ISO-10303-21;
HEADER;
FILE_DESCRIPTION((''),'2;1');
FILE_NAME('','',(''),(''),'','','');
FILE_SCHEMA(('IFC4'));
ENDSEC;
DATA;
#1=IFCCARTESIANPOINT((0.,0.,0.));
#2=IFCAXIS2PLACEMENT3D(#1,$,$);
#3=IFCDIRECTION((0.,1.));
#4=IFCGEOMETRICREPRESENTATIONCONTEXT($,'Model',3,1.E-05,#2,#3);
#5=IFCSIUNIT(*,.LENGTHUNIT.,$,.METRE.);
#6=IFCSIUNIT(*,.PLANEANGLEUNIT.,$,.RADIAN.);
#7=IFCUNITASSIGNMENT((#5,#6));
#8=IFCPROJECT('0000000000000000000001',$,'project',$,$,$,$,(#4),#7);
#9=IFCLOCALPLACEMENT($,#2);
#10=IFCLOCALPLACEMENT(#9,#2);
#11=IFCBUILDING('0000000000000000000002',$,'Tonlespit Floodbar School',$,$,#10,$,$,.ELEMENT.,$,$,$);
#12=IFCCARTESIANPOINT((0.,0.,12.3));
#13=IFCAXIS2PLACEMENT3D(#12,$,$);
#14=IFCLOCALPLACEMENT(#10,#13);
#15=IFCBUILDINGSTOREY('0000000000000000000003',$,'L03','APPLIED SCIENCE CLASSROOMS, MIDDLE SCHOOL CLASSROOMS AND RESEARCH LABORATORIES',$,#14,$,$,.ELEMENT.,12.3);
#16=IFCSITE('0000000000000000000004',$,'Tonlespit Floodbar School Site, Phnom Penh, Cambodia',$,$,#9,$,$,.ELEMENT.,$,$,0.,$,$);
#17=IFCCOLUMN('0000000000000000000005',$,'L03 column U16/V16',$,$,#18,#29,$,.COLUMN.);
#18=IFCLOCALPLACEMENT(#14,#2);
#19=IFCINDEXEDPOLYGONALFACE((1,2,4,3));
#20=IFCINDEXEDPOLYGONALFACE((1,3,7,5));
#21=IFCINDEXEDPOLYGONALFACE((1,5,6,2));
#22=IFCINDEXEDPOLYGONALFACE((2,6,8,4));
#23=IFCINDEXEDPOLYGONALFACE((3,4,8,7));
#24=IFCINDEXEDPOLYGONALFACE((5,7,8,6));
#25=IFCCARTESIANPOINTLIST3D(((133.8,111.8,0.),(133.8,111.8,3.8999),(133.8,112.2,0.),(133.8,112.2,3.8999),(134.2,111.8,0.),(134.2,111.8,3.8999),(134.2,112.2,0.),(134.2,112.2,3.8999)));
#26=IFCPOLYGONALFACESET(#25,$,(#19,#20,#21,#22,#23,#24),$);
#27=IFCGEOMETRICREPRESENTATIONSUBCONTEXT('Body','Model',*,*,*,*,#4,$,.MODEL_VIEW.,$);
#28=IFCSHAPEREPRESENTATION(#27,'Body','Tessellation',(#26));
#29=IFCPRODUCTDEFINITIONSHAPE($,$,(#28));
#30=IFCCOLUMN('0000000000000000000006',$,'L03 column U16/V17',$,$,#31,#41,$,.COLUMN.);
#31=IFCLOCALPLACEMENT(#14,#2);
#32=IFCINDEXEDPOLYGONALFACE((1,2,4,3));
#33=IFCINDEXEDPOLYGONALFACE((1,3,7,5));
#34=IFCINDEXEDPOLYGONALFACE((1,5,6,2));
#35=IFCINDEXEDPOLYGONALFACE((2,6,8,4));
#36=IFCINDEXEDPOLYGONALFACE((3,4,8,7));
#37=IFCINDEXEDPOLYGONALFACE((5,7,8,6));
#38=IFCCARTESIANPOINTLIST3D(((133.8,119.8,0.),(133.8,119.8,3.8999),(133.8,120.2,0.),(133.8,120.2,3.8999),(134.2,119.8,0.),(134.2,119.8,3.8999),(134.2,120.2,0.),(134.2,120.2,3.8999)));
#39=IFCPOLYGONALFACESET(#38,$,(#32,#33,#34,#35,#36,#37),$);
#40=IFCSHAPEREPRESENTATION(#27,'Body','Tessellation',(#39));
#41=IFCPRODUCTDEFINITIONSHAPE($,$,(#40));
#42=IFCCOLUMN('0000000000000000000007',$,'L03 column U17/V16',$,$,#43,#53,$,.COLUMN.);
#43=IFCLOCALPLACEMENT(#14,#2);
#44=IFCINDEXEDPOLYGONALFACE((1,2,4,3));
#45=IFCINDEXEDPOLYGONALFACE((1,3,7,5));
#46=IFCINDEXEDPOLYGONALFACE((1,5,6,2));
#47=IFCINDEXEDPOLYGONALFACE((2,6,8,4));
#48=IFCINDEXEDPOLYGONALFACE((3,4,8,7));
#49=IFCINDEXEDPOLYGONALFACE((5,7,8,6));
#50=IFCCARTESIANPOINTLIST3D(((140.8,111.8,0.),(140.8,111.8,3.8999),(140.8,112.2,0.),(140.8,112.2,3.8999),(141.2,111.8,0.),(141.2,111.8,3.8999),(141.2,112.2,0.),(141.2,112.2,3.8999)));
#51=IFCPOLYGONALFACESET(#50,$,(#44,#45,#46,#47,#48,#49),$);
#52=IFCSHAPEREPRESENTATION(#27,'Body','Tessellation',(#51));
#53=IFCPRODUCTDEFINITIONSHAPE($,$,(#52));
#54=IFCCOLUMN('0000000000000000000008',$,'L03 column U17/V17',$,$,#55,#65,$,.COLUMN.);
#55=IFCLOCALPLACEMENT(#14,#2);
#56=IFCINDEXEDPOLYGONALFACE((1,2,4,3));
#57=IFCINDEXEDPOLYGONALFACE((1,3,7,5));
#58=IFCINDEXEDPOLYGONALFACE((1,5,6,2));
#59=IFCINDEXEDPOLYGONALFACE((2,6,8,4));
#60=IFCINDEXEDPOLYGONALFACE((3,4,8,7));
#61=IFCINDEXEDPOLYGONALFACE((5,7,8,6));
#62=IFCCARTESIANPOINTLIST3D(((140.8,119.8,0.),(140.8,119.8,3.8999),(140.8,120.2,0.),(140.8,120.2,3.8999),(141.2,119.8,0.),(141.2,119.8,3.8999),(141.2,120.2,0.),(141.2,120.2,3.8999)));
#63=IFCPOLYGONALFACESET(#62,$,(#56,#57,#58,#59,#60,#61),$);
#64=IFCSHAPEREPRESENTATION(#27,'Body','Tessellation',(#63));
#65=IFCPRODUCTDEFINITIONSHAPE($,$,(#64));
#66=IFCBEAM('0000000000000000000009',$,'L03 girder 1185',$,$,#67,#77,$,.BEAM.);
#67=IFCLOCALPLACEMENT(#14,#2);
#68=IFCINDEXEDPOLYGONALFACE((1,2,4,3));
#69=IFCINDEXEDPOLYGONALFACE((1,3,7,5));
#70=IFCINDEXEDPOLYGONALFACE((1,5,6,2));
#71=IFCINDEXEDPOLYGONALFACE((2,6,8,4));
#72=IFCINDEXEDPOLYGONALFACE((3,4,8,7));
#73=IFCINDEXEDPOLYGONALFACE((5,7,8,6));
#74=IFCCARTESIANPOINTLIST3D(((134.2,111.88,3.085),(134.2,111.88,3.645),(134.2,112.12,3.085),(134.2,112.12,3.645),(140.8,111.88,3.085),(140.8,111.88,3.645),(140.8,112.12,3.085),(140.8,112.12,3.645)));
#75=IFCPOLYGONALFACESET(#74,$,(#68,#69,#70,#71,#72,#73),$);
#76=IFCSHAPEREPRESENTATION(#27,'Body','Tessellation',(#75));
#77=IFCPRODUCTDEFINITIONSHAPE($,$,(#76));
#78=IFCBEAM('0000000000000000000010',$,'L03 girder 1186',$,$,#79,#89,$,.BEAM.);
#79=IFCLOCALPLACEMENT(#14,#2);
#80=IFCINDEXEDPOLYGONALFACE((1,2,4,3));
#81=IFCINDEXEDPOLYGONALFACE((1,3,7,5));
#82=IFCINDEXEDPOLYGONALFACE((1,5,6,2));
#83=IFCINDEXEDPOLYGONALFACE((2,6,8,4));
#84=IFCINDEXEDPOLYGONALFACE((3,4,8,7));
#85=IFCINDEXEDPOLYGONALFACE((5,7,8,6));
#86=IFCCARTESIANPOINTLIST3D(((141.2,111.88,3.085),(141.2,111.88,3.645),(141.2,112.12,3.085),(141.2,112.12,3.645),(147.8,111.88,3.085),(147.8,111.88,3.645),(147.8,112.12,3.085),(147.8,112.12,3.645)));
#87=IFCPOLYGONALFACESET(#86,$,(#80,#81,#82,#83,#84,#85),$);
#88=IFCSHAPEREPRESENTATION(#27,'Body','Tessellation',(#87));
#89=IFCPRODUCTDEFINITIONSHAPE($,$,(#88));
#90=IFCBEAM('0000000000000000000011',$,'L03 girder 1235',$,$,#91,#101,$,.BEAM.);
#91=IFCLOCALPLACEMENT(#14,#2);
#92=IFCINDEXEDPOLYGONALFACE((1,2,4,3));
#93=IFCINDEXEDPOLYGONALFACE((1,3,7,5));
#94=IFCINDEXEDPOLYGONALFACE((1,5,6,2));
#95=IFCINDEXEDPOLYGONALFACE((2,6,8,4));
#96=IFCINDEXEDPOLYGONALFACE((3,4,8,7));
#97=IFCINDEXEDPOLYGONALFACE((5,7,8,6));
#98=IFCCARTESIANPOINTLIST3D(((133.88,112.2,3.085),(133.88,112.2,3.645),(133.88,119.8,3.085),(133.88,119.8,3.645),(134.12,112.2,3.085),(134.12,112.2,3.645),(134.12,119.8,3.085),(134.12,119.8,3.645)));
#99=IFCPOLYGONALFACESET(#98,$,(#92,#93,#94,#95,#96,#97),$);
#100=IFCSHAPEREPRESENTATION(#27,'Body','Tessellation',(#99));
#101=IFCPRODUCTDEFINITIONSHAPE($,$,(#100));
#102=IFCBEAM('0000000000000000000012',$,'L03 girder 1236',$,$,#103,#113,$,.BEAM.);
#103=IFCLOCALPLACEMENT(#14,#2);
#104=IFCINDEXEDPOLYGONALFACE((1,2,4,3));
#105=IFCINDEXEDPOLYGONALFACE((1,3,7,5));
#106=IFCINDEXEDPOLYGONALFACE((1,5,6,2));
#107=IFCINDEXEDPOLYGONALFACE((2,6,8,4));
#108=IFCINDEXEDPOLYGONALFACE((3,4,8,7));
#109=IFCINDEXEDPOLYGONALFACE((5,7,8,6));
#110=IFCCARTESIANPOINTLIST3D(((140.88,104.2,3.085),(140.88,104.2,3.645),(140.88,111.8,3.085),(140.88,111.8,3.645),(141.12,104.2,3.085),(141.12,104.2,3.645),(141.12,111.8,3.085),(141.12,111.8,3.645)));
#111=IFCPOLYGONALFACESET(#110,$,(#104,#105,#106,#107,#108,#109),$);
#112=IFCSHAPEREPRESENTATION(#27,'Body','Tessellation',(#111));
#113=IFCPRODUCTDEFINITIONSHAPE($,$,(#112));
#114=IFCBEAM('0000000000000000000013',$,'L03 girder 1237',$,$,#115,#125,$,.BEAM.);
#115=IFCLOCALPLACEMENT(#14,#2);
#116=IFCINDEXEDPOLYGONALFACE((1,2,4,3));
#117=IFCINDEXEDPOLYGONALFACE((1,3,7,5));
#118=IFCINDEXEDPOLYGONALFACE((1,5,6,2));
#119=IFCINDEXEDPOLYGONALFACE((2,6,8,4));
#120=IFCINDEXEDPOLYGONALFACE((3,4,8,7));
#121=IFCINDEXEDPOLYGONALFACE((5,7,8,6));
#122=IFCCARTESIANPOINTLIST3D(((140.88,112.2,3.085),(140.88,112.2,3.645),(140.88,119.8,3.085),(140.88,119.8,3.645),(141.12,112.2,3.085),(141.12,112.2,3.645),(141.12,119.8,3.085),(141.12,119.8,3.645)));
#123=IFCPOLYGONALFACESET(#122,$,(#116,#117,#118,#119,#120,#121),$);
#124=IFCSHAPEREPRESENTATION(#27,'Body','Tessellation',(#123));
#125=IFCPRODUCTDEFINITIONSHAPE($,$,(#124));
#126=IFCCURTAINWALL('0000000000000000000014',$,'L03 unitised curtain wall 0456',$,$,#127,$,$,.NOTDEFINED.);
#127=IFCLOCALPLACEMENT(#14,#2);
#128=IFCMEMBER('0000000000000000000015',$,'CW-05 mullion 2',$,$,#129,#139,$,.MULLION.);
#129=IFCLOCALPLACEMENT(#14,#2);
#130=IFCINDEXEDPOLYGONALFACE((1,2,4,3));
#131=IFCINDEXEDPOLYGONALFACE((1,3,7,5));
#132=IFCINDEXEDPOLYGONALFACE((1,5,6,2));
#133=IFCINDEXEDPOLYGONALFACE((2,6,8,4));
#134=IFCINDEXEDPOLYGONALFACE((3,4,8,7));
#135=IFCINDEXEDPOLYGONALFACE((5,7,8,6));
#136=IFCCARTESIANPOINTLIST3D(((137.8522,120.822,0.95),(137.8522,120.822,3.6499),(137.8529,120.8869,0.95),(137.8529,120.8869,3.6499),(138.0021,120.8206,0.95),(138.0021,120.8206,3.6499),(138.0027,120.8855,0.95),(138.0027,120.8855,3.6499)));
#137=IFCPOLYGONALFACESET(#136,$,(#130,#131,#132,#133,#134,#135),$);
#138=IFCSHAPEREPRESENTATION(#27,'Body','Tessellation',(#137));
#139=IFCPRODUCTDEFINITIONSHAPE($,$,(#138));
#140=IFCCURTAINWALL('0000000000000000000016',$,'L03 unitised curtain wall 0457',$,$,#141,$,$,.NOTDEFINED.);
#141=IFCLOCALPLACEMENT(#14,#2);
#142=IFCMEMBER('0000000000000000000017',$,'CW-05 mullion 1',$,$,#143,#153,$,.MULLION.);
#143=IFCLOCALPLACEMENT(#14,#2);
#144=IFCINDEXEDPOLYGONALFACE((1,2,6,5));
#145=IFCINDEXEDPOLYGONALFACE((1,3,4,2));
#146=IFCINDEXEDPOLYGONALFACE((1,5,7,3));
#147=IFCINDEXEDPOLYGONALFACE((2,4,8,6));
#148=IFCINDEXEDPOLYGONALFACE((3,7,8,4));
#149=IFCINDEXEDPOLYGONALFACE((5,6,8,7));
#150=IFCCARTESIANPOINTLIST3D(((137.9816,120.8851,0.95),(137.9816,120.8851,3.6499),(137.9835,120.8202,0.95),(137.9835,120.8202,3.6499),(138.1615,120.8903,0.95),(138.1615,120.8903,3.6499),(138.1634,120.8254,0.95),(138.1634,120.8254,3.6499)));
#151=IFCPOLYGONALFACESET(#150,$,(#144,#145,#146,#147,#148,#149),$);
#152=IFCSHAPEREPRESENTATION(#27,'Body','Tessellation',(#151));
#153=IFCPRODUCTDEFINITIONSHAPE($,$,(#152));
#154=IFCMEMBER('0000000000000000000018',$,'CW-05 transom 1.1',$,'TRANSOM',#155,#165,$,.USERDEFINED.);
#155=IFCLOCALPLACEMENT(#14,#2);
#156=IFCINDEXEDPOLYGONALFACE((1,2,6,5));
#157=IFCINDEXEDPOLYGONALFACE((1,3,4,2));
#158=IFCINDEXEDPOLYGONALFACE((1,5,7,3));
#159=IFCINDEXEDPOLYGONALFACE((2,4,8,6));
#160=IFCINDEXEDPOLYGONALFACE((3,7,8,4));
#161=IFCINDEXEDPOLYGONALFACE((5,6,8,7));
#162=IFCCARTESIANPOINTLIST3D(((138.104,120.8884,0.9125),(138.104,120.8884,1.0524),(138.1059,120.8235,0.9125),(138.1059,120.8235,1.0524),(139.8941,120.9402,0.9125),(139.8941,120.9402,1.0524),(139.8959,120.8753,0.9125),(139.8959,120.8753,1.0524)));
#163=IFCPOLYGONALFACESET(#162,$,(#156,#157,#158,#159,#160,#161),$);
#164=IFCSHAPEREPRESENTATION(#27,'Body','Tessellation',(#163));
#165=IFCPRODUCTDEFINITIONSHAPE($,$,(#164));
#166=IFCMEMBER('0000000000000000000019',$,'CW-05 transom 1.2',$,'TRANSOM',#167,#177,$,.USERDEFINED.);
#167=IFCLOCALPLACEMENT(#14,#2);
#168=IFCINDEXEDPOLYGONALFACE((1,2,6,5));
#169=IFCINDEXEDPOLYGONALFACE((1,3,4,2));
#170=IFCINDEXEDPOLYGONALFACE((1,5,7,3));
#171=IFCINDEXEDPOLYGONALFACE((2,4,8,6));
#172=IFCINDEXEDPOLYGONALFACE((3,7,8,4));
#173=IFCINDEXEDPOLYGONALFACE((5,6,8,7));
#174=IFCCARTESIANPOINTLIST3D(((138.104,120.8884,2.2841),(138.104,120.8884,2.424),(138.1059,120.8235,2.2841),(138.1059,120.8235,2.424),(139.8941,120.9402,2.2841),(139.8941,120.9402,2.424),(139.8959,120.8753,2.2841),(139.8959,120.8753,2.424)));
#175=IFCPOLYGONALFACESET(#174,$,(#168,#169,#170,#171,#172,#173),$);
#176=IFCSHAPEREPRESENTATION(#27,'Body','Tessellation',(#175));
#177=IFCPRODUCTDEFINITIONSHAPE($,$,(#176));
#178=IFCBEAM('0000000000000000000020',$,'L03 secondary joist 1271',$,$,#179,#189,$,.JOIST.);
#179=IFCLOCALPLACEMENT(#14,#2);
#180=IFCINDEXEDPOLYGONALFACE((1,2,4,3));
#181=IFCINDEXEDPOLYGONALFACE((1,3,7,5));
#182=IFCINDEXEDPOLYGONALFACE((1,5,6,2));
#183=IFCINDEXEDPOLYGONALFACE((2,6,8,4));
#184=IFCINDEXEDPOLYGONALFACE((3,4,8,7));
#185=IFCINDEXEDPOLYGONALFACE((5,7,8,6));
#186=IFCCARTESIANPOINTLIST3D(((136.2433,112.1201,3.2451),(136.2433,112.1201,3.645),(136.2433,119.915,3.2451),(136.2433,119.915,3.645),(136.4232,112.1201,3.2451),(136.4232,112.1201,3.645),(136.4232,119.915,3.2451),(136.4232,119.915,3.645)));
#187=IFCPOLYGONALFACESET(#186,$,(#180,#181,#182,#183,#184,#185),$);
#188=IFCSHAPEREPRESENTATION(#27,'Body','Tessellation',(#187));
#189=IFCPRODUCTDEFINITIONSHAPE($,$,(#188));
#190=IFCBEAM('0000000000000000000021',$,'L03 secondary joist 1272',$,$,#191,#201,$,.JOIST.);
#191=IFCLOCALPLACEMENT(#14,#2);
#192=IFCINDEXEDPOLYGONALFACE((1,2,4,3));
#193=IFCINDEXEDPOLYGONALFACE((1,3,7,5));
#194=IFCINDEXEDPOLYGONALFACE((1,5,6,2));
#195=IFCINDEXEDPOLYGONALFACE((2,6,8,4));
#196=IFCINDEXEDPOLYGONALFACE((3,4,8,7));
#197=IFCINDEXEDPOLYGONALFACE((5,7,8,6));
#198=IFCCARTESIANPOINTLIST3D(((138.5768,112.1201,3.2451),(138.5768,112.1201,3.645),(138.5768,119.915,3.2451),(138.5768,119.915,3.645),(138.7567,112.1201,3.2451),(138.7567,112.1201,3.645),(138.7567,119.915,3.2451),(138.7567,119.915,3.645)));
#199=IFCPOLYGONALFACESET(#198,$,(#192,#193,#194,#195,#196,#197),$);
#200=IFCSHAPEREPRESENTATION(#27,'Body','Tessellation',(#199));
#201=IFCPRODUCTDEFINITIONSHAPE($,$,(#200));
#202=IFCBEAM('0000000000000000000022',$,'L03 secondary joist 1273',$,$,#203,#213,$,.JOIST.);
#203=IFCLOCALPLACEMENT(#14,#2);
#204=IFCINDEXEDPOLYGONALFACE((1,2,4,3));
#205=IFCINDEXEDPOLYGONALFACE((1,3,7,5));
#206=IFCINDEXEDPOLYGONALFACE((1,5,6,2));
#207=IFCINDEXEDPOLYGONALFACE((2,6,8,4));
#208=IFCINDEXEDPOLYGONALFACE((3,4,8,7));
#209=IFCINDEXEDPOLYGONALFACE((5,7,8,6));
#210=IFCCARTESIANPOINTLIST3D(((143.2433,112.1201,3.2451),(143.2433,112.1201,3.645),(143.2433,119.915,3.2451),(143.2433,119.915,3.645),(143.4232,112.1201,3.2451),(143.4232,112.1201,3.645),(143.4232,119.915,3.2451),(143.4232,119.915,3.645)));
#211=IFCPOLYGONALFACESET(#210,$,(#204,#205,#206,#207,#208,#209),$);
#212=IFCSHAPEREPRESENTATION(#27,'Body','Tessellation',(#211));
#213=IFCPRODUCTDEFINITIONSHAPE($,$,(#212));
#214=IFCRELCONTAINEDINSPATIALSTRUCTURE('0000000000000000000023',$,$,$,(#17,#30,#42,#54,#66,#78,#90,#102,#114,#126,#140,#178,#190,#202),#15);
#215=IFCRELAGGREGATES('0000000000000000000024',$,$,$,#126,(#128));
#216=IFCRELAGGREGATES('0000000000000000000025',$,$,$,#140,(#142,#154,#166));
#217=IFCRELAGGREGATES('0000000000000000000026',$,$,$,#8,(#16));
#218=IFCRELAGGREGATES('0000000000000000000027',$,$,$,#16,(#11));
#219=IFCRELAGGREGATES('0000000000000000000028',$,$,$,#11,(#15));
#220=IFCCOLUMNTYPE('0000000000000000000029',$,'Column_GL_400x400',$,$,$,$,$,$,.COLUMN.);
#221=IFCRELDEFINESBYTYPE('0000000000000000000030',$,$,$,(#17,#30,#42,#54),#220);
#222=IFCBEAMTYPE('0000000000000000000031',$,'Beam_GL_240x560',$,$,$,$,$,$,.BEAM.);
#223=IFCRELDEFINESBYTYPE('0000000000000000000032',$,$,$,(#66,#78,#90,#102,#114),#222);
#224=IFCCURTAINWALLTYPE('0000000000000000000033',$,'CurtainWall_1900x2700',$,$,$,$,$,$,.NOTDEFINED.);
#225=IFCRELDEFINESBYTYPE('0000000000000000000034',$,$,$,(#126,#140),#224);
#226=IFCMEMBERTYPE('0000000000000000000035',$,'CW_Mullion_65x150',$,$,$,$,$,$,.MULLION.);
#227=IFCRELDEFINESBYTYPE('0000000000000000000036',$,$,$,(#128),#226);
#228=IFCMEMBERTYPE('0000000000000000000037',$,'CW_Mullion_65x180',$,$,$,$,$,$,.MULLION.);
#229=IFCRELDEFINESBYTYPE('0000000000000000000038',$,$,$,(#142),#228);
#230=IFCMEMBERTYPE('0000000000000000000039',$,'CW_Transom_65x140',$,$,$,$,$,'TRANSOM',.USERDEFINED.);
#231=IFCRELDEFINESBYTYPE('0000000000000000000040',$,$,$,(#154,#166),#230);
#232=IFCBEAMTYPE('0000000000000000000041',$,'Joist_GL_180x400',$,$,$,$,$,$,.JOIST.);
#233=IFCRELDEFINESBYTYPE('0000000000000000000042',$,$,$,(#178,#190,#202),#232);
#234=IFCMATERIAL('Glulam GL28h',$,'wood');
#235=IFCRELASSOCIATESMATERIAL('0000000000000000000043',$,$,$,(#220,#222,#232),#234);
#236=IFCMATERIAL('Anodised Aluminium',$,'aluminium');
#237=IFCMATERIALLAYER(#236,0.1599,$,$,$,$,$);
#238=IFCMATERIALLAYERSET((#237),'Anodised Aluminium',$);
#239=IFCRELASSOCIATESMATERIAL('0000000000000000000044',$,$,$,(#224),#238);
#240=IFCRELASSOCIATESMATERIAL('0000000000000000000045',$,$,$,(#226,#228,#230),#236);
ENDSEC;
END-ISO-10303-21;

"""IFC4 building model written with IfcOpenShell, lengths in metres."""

from ifc_helpers import new_model, si_unit, direction, frame, origin, origin_2d, place, context, subcontext, project, spatial, rectangle, extrude, material, layer, layer_set, material_profile, profile_set, type_object, element, aggregate, save


model = new_model("IFC4")

# Units and contexts
model_context = context("Model", 3, precision=1e-05, world=origin(), true_north=direction((0.0, 1.0)))
body_context = subcontext(model_context, "Body", "Model", "MODEL_VIEW")
ifc_project = project(units=[si_unit("LENGTHUNIT", "METRE"), si_unit("PLANEANGLEUNIT", "RADIAN")], contexts=[model_context])

# Site, building, storey
site_placement = place(None, origin())
site = spatial("IfcSite", under=ifc_project, at=site_placement, Name="Tonlespit Floodbar School Site, Phnom Penh, Cambodia", CompositionType="ELEMENT", RefElevation=0.0)
building_placement = place(site_placement, origin())
building = spatial("IfcBuilding", under=site, at=building_placement, Name="Tonlespit Floodbar School", CompositionType="ELEMENT")
storey_placement = place(building_placement, frame((0.0, 0.0, 12.3)))
storey = spatial("IfcBuildingStorey", under=building, at=storey_placement, Name="L03", Description="APPLIED SCIENCE CLASSROOMS, MIDDLE SCHOOL CLASSROOMS AND RESEARCH LABORATORIES", CompositionType="ELEMENT", Elevation=12.3)

# Columns
ifc_material_1 = material(Name="Glulam GL28h", Category="wood")
ifc_material_profile_1 = material_profile(ifc_material_1, rectangle(XDim=0.3999, YDim=0.3999, at=origin_2d()), Name="GL 400x400")
ifc_profile_set_1 = profile_set([ifc_material_profile_1], Name="Glulam GL28h")
column_type = type_object("IfcColumnType", Name="Column_GL_400x400", PredefinedType="COLUMN", material=ifc_profile_set_1)
for number, where, z_axis, x_axis, name in (
    (1, (134.0, 112.0, 0.0), (0.0, 0.0, 1.0), (1.0, 0.0, 0.0), "L03 column U16/V16"),
    (2, (134.0, 120.0, 0.0), (0.0, 0.0, 1.0), (1.0, 0.0, 0.0), "L03 column U16/V17"),
    (3, (141.0, 112.0, 0.0), (0.0, 0.0, 1.0), (1.0, 0.0, 0.0), "L03 column U17/V16"),
    (4, (141.0, 120.0, 0.0), (0.0, 0.0, 1.0), (1.0, 0.0, 0.0), "L03 column U17/V17"),
):
    element("IfcColumn", number, at=place(storey_placement, frame(where, z_axis=z_axis, x_axis=x_axis)), inside=storey, type_object=column_type, Name=name, PredefinedType="COLUMN", context=body_context, shape_type="SweptSolid", body=[
        extrude(rectangle(XDim=0.3999, YDim=0.3999, at=origin_2d()), origin(), (0.0, 0.0, 1.0), 3.8999),
    ])

# Beams
ifc_material_profile_2 = material_profile(ifc_material_1, rectangle(XDim=0.24, YDim=0.5601, at=origin_2d()), Name="GL 240x560")
ifc_profile_set_2 = profile_set([ifc_material_profile_2], Name="Glulam GL28h")
beam_type_1 = type_object("IfcBeamType", Name="Beam_GL_240x560", PredefinedType="BEAM", material=ifc_profile_set_2)
for number, where, z_axis, x_axis, name in (
    (5, (134.2, 112.0, 3.365), (1.0, 0.0, 0.0), (0.0, 1.0, 0.0), "L03 girder 1185"),
    (6, (141.2, 112.0, 3.365), (1.0, 0.0, 0.0), (0.0, 1.0, 0.0), "L03 girder 1186"),
):
    element("IfcBeam", number, at=place(storey_placement, frame(where, z_axis=z_axis, x_axis=x_axis)), inside=storey, type_object=beam_type_1, Name=name, PredefinedType="BEAM", context=body_context, shape_type="SweptSolid", body=[
        extrude(rectangle(XDim=0.24, YDim=0.5601, at=origin_2d()), origin(), (0.0, 0.0, 1.0), 6.6001),
    ])
for number, where, z_axis, x_axis, name in (
    (7, (134.0, 112.2, 3.365), (0.0, 1.0, 0.0), (-1.0, 0.0, 0.0), "L03 girder 1235"),
    (8, (141.0, 104.2, 3.365), (0.0, 1.0, 0.0), (-1.0, 0.0, 0.0), "L03 girder 1236"),
    (9, (141.0, 112.2, 3.365), (0.0, 1.0, 0.0), (-1.0, 0.0, 0.0), "L03 girder 1237"),
):
    element("IfcBeam", number, at=place(storey_placement, frame(where, z_axis=z_axis, x_axis=x_axis)), inside=storey, type_object=beam_type_1, Name=name, PredefinedType="BEAM", context=body_context, shape_type="SweptSolid", body=[
        extrude(rectangle(XDim=0.24, YDim=0.5601, at=origin_2d()), origin(), (0.0, 0.0, 1.0), 7.6001),
    ])

# Curtain wall, member
ifc_material_2 = material(Name="Anodised Aluminium", Category="aluminium")
ifc_layer_1 = layer(ifc_material_2, 0.1599)
ifc_layer_set_1 = layer_set([ifc_layer_1], Name="Anodised Aluminium")
curtain_wall_type = type_object("IfcCurtainWallType", Name="CurtainWall_1900x2700", PredefinedType="NOTDEFINED", material=ifc_layer_set_1)
curtain_wall_1_placement = place(storey_placement, origin())
curtain_wall_1 = element("IfcCurtainWall", 10, at=curtain_wall_1_placement, inside=storey, type_object=curtain_wall_type, Name="L03 unitised curtain wall 0456", PredefinedType="NOTDEFINED")
ifc_material_profile_3 = material_profile(ifc_material_2, rectangle(XDim=0.0649, YDim=0.1499, at=origin_2d()), Name="ALU M65x150")
ifc_profile_set_3 = profile_set([ifc_material_profile_3], Name="Anodised Aluminium")
member_type_1 = type_object("IfcMemberType", Name="CW_Mullion_65x150", PredefinedType="MULLION", material=ifc_profile_set_3)
member_1_placement = place(storey_placement, frame((137.9275, 120.8538, 0.95), z_axis=(0.0, 0.0, 1.0), x_axis=(0.009583, 0.999954, 0.0)))
member_1 = element("IfcMember", 11, at=member_1_placement, type_object=member_type_1, Name="CW-05 mullion 2", PredefinedType="MULLION", context=body_context, shape_type="SweptSolid", body=[
    extrude(rectangle(XDim=0.0649, YDim=0.1499, at=origin_2d()), origin(), (0.0, 0.0, 1.0), 2.7),
])
aggregate(curtain_wall_1, [member_1])

# Curtain wall, members
curtain_wall_2_placement = place(storey_placement, origin())
curtain_wall_2 = element("IfcCurtainWall", 12, at=curtain_wall_2_placement, inside=storey, type_object=curtain_wall_type, Name="L03 unitised curtain wall 0457", PredefinedType="NOTDEFINED")
ifc_material_profile_4 = material_profile(ifc_material_2, rectangle(XDim=0.0649, YDim=0.1799, at=origin_2d()), Name="ALU M65x180")
ifc_profile_set_4 = profile_set([ifc_material_profile_4], Name="Anodised Aluminium")
member_type_2 = type_object("IfcMemberType", Name="CW_Mullion_65x180", PredefinedType="MULLION", material=ifc_profile_set_4)
member_2_placement = place(storey_placement, frame((138.0725, 120.8552, 0.95), z_axis=(0.0, 0.0, 1.0), x_axis=(-0.02879, 0.999585, 0.0)))
member_2 = element("IfcMember", 13, at=member_2_placement, type_object=member_type_2, Name="CW-05 mullion 1", PredefinedType="MULLION", context=body_context, shape_type="SweptSolid", body=[
    extrude(rectangle(XDim=0.0649, YDim=0.1799, at=origin_2d()), origin(), (0.0, 0.0, 1.0), 2.7),
])
ifc_material_profile_5 = material_profile(ifc_material_2, rectangle(XDim=0.0649, YDim=0.1399, at=origin_2d()), Name="ALU T65x140")
ifc_profile_set_5 = profile_set([ifc_material_profile_5], Name="Anodised Aluminium")
member_type_3 = type_object("IfcMemberType", Name="CW_Transom_65x140", ElementType="TRANSOM", PredefinedType="USERDEFINED", material=ifc_profile_set_5)
member_3_placement = place(storey_placement, frame((138.105, 120.856, 0.9824), z_axis=(0.999582, 0.028902, 0.0), x_axis=(-0.028902, 0.999582, 0.0)))
member_3 = element("IfcMember", 14, at=member_3_placement, type_object=member_type_3, Name="CW-05 transom 1.1", ObjectType="TRANSOM", PredefinedType="USERDEFINED", context=body_context, shape_type="SweptSolid", body=[
    extrude(rectangle(XDim=0.0649, YDim=0.1399, at=origin_2d()), origin(), (0.0, 0.0, 1.0), 1.7908),
])
member_4_placement = place(storey_placement, frame((138.105, 120.856, 2.354), z_axis=(0.999582, 0.028902, 0.0), x_axis=(-0.028902, 0.999582, 0.0)))
member_4 = element("IfcMember", 15, at=member_4_placement, type_object=member_type_3, Name="CW-05 transom 1.2", ObjectType="TRANSOM", PredefinedType="USERDEFINED", context=body_context, shape_type="SweptSolid", body=[
    extrude(rectangle(XDim=0.0649, YDim=0.1399, at=origin_2d()), origin(), (0.0, 0.0, 1.0), 1.7908),
])
aggregate(curtain_wall_2, [member_2, member_3, member_4])

# Beams
ifc_material_profile_6 = material_profile(ifc_material_1, rectangle(XDim=0.1799, YDim=0.3999, at=origin_2d()), Name="GL 180x400")
ifc_profile_set_6 = profile_set([ifc_material_profile_6], Name="Glulam GL28h")
beam_type_2 = type_object("IfcBeamType", Name="Joist_GL_180x400", PredefinedType="JOIST", material=ifc_profile_set_6)
for number, where, z_axis, x_axis, name in (
    (16, (136.3333, 112.1201, 3.4451), (0.0, 1.0, 0.0), (-1.0, 0.0, 0.0), "L03 secondary joist 1271"),
    (17, (138.6667, 112.1201, 3.4451), (0.0, 1.0, 0.0), (-1.0, 0.0, 0.0), "L03 secondary joist 1272"),
    (18, (143.3333, 112.1201, 3.4451), (0.0, 1.0, 0.0), (-1.0, 0.0, 0.0), "L03 secondary joist 1273"),
):
    element("IfcBeam", number, at=place(storey_placement, frame(where, z_axis=z_axis, x_axis=x_axis)), inside=storey, type_object=beam_type_2, Name=name, PredefinedType="JOIST", context=body_context, shape_type="SweptSolid", body=[
        extrude(rectangle(XDim=0.1799, YDim=0.3999, at=origin_2d()), origin(), (0.0, 0.0, 1.0), 7.7949),
    ])

save(model, "model.ifc")
